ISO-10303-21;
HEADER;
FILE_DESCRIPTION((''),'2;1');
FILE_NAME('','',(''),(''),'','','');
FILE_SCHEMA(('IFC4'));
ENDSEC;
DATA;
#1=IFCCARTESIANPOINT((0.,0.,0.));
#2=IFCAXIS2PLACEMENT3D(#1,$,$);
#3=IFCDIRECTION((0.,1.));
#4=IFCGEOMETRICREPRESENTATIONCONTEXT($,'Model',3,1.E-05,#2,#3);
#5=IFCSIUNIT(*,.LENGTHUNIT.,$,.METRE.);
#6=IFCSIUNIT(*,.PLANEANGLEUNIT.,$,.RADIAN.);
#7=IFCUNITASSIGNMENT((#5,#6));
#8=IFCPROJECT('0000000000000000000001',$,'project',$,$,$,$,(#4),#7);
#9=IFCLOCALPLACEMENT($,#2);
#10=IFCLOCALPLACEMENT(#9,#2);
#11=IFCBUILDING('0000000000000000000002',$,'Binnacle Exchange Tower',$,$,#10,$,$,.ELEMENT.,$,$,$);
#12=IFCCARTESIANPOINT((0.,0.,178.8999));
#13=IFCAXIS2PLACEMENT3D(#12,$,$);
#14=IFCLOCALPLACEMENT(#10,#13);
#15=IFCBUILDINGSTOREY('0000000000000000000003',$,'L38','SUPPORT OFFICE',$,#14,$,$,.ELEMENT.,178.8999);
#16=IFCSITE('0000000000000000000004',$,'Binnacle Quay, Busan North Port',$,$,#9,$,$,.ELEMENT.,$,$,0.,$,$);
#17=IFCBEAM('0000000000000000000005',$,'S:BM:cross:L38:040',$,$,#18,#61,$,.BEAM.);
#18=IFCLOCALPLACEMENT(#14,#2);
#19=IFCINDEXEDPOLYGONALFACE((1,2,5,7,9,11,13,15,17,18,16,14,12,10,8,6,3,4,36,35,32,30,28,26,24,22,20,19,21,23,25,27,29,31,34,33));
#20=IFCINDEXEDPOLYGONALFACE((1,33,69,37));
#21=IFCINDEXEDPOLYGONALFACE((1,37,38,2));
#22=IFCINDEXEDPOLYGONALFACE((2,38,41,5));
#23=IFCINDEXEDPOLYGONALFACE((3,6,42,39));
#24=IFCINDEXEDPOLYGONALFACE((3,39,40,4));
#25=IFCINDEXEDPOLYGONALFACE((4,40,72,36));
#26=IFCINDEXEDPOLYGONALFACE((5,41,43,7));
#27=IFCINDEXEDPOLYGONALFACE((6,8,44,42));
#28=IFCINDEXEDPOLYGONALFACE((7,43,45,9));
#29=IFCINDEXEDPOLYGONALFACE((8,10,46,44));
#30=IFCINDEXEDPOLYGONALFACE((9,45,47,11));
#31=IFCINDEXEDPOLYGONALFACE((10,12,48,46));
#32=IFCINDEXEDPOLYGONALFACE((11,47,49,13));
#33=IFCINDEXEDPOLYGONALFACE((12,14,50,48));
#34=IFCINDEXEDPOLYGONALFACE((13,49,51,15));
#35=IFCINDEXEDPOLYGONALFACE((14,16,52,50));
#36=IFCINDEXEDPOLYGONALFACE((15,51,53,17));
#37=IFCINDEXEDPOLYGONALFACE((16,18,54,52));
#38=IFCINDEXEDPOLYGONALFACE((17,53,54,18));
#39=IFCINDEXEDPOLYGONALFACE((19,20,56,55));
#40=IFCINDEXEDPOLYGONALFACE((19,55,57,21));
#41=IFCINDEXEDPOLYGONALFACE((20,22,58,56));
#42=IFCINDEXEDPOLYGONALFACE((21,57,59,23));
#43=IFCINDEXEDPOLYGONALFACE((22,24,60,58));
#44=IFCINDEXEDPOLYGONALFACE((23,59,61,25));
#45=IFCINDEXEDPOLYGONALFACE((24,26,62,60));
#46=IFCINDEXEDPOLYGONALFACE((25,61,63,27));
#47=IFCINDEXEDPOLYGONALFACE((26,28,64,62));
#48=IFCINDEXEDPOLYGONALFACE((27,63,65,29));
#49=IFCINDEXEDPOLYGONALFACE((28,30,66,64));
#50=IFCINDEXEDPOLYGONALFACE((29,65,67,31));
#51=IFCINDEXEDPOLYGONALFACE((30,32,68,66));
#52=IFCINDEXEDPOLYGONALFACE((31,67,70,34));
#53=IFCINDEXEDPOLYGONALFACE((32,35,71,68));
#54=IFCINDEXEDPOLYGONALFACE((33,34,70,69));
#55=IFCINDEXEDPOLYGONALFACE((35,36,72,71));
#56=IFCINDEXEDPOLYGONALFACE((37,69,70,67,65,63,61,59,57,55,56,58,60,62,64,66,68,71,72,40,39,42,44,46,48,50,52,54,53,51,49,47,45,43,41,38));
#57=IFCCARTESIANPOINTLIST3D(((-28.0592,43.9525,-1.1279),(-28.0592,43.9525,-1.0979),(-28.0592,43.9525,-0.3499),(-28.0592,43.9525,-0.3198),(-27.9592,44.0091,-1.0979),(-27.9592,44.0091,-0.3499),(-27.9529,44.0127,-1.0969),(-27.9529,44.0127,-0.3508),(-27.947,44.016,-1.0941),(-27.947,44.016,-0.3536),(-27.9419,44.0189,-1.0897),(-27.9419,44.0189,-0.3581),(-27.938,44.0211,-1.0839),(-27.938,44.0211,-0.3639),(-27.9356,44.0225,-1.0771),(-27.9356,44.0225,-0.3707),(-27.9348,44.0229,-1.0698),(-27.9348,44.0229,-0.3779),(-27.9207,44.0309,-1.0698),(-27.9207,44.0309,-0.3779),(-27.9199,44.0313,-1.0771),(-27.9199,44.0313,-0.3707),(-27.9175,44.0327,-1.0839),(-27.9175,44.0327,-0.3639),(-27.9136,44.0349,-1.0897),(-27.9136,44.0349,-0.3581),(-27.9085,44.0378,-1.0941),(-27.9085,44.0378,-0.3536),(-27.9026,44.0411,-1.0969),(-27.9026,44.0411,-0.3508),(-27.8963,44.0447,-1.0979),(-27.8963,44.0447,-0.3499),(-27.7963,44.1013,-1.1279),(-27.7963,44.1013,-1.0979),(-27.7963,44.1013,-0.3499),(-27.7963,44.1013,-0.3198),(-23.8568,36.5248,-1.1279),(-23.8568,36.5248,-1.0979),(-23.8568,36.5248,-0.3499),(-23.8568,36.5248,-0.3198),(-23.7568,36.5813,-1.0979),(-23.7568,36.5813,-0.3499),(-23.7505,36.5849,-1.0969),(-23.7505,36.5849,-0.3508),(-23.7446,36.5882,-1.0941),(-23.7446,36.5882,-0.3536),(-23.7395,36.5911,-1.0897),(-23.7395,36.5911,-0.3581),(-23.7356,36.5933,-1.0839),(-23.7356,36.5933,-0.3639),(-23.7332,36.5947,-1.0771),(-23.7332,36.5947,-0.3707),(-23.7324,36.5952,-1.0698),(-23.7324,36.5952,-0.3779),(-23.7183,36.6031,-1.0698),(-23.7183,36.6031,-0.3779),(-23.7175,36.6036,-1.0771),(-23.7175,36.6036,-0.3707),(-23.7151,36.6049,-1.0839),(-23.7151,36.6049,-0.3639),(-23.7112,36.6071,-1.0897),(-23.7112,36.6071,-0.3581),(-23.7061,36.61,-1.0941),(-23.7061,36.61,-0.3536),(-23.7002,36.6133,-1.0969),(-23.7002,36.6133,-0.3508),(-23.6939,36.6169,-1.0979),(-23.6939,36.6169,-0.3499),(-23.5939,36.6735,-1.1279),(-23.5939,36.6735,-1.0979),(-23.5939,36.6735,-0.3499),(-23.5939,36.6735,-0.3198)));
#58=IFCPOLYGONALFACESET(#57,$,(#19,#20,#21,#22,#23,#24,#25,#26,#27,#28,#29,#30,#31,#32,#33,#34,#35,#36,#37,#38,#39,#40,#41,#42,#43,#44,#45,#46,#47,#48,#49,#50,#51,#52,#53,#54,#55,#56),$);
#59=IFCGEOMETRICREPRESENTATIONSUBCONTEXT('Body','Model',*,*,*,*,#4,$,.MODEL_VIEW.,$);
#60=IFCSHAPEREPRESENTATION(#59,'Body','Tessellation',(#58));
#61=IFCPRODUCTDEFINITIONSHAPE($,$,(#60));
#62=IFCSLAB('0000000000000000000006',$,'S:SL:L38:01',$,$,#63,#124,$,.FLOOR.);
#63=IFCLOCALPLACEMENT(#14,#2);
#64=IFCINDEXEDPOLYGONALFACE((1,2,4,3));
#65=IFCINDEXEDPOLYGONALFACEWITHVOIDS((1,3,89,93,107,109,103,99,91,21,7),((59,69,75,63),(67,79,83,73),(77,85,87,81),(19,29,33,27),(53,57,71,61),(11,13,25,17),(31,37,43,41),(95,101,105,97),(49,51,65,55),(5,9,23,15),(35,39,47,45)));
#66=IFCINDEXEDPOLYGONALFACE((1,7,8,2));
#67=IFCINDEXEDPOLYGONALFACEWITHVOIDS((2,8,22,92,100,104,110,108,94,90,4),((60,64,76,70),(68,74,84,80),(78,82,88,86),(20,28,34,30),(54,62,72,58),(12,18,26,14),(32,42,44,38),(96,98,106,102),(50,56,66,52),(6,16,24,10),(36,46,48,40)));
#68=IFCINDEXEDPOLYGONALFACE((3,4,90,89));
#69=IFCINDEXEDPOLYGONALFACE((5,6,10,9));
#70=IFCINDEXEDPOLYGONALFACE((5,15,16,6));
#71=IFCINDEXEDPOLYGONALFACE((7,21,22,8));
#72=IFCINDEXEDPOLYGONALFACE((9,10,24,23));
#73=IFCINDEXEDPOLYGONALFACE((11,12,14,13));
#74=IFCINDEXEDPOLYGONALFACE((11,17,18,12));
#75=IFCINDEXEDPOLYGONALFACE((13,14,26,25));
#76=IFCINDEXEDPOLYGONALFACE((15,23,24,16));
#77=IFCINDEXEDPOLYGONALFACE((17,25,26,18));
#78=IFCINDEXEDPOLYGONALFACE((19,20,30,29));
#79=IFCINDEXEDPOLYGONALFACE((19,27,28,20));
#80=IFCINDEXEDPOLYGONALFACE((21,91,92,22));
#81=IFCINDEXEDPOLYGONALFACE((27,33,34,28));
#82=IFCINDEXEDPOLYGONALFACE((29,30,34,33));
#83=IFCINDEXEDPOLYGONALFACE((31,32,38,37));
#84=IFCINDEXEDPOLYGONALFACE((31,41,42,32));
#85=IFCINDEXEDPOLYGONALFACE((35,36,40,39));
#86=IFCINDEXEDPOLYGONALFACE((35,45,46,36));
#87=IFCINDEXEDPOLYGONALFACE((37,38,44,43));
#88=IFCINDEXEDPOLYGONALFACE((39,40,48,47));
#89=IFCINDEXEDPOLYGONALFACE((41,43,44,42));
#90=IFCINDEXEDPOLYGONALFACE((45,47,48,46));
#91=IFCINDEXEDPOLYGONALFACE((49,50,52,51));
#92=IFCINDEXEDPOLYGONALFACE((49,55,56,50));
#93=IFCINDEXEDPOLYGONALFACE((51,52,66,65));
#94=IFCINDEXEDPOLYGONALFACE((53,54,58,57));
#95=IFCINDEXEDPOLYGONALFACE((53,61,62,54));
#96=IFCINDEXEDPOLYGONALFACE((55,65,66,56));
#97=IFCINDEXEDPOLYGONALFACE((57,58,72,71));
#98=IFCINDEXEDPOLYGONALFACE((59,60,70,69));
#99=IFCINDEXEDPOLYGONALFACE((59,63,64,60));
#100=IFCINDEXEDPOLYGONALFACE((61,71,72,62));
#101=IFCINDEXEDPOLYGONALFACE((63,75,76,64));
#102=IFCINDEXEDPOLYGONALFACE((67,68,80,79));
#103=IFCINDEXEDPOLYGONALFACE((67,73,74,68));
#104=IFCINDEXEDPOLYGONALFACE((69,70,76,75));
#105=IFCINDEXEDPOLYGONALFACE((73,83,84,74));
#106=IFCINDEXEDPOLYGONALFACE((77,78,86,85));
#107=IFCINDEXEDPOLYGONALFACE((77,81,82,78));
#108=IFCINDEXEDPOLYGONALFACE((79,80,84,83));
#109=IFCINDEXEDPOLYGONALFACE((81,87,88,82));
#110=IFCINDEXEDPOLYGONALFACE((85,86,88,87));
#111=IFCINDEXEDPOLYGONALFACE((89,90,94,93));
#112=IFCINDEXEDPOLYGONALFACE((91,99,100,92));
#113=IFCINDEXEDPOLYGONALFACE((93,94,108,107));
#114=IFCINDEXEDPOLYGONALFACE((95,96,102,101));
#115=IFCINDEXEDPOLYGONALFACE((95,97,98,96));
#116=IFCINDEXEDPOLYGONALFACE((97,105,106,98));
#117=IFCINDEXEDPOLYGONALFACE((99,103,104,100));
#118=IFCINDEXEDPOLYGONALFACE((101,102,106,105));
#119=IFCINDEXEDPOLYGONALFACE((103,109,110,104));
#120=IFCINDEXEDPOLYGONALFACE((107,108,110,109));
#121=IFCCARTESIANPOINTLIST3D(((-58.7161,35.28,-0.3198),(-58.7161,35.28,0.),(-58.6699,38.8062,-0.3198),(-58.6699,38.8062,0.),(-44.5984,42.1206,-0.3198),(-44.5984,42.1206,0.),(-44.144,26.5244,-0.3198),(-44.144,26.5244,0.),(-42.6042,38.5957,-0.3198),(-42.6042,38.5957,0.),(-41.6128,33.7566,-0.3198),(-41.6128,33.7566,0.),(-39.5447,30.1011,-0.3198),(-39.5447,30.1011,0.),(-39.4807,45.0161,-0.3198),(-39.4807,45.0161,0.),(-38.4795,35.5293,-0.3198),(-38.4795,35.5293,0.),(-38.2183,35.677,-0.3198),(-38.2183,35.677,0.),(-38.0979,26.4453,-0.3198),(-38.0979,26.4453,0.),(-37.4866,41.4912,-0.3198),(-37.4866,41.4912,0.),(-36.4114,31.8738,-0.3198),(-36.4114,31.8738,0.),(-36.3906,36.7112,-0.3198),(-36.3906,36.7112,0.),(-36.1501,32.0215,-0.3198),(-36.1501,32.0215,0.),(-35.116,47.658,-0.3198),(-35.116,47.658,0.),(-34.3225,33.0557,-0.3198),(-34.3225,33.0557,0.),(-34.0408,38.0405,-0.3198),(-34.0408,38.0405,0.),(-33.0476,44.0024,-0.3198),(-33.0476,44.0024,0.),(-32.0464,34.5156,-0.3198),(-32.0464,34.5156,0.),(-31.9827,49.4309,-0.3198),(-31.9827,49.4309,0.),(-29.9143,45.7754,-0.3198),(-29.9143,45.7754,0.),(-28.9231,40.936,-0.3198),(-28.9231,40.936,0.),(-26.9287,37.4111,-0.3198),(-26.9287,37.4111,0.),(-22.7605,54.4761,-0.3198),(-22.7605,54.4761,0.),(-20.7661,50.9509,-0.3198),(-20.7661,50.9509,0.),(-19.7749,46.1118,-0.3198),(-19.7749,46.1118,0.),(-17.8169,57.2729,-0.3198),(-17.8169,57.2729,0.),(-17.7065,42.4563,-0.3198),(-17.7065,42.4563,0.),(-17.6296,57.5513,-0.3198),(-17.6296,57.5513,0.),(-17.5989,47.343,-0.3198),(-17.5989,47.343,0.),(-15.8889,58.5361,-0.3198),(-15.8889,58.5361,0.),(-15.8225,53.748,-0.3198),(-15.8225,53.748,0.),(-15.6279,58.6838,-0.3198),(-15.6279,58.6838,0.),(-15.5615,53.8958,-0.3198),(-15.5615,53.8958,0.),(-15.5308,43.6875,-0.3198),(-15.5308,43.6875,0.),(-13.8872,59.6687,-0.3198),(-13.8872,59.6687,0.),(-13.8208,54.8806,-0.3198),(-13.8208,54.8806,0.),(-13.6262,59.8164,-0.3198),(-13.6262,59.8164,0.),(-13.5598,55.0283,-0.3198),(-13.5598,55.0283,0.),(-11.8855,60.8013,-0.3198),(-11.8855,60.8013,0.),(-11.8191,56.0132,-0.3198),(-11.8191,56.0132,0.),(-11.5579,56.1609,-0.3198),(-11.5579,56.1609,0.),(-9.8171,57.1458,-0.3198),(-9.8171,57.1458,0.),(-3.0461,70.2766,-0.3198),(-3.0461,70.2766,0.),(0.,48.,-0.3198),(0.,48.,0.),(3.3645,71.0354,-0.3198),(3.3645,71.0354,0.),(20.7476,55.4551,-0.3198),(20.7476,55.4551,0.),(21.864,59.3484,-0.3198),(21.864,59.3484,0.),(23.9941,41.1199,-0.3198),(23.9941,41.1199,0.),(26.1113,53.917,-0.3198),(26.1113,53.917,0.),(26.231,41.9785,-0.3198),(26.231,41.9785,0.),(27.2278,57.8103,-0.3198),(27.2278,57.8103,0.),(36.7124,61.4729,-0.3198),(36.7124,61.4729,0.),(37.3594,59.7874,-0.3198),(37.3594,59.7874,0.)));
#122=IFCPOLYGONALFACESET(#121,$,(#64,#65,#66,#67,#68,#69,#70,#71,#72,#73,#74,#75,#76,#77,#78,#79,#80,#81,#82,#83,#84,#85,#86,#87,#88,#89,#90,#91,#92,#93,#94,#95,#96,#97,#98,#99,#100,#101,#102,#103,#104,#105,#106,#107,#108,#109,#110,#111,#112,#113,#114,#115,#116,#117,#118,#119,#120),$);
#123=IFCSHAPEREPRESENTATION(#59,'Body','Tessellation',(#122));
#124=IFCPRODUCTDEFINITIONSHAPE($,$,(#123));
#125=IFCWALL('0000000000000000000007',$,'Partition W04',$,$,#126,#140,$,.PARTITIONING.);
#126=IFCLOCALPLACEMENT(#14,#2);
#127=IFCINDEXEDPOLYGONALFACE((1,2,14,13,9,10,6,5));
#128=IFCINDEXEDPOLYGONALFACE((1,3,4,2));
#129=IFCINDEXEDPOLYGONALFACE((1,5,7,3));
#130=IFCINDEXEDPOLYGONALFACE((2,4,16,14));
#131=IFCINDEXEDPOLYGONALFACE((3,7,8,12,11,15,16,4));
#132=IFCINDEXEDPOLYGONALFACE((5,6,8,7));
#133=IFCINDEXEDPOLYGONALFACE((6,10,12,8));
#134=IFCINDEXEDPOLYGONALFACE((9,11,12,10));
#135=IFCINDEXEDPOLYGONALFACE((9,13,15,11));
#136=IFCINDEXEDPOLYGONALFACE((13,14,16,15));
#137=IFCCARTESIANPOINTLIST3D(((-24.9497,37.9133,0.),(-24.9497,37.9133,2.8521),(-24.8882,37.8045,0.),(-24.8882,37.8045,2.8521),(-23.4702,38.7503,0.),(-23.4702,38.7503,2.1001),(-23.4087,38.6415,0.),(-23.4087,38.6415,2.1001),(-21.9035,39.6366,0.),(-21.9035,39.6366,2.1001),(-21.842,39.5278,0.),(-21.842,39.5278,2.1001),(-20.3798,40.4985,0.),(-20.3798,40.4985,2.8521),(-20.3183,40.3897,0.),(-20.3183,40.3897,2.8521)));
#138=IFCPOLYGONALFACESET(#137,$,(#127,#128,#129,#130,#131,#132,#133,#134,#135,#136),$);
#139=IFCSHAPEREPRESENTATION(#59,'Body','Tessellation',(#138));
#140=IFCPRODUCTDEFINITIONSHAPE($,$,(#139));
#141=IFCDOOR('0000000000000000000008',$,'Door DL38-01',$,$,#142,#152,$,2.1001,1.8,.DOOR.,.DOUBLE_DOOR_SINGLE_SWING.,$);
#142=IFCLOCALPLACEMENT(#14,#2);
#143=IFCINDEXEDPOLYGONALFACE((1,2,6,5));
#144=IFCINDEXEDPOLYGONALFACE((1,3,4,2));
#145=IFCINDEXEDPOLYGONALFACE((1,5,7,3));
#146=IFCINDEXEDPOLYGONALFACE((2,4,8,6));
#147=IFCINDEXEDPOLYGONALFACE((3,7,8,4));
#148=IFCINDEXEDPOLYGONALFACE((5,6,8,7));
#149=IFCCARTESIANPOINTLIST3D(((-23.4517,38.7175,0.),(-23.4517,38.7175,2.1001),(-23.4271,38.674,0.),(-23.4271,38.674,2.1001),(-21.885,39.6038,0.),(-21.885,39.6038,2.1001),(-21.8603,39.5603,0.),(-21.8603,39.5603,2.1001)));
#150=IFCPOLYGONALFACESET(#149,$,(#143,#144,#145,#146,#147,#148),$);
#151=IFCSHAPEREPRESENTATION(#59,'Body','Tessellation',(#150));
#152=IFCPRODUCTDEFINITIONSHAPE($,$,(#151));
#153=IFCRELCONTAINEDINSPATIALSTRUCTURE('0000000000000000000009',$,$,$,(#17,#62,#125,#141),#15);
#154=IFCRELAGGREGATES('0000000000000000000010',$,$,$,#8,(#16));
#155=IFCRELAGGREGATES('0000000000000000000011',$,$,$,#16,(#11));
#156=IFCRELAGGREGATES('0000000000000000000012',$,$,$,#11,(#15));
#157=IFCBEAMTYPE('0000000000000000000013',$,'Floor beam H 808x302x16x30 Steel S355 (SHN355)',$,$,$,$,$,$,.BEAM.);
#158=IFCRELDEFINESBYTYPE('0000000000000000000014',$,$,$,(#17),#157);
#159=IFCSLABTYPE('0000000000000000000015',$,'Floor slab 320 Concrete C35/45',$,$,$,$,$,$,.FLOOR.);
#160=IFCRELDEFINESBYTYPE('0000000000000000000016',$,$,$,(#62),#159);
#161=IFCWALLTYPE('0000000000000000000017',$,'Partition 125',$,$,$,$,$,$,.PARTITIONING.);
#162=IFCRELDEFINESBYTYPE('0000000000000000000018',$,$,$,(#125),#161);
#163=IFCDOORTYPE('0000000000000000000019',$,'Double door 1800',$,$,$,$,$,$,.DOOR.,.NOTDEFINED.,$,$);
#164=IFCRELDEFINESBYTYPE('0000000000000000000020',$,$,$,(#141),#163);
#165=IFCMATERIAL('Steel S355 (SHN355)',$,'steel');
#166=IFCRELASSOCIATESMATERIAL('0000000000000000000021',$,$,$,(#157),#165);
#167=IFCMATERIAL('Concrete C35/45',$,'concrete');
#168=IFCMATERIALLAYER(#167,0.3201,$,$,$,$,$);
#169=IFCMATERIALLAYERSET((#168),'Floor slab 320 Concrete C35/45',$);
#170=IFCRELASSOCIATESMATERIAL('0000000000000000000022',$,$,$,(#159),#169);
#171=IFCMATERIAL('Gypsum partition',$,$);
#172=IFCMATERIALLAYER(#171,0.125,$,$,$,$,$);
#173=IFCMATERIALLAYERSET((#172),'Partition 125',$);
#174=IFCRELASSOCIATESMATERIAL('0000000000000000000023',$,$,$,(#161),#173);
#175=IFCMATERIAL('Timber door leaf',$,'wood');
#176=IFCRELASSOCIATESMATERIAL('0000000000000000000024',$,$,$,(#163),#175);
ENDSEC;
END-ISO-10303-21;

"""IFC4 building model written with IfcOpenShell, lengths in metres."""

from ifc_helpers import new_model, si_unit, direction, frame, frame_2d, origin, origin_2d, place, context, subcontext, project, spatial, polyline, rectangle, i_section, outline, extrude, material, layer, layer_set, material_profile, profile_set, type_object, element, fill, save


model = new_model("IFC4")

# Units and contexts
model_context = context("Model", 3, precision=1e-05, world=origin(), true_north=direction((0.0, 1.0)))
body_context = subcontext(model_context, "Body", "Model", "MODEL_VIEW")
ifc_project = project(units=[si_unit("LENGTHUNIT", "METRE"), si_unit("PLANEANGLEUNIT", "RADIAN")], contexts=[model_context])

# Site, building, storey
site_placement = place(None, origin())
site = spatial("IfcSite", under=ifc_project, at=site_placement, Name="Binnacle Quay, Busan North Port", CompositionType="ELEMENT", RefElevation=0.0)
building_placement = place(site_placement, origin())
building = spatial("IfcBuilding", under=site, at=building_placement, Name="Binnacle Exchange Tower", CompositionType="ELEMENT")
storey_placement = place(building_placement, frame((0.0, 0.0, 178.8999)))
storey = spatial("IfcBuildingStorey", under=building, at=storey_placement, Name="L38", Description="SUPPORT OFFICE", CompositionType="ELEMENT", Elevation=178.8999)

# Beam
ifc_material_1 = material(Name="Steel S355 (SHN355)", Category="steel")
ifc_material_profile_1 = material_profile(ifc_material_1, i_section(OverallWidth=0.302, OverallDepth=0.8081, WebThickness=0.0161, FlangeThickness=0.03, FilletRadius=0.0281, at=origin_2d()), Name="H 808x302x16x30")
ifc_profile_set_1 = profile_set([ifc_material_profile_1], Name="Steel S355 (SHN355)")
beam_type_1 = type_object("IfcBeamType", Name="Floor beam H 808x302x16x30 Steel S355 (SHN355)", PredefinedType="BEAM", material=ifc_profile_set_1)
beam_1_placement = place(storey_placement, frame((-23.7253, 36.5991, -0.7239), z_axis=(-0.492422, 0.870357, 0.0), x_axis=(-0.870357, -0.492422, 0.0)))
element("IfcBeam", 1, at=beam_1_placement, inside=storey, type_object=beam_type_1, Name="S:BM:cross:L38:040", PredefinedType="BEAM", context=body_context, shape_type="SweptSolid", body=[
    extrude(i_section(OverallWidth=0.302, OverallDepth=0.8081, WebThickness=0.0161, FlangeThickness=0.03, FilletRadius=0.0281, at=origin_2d()), origin(), (0.0, 0.0, 1.0), 8.5342),
])

# Slab
ifc_material_2 = material(Name="Concrete C35/45", Category="concrete")
ifc_layer_1 = layer(ifc_material_2, 0.3201)
ifc_layer_set_1 = layer_set([ifc_layer_1], Name="Floor slab 320 Concrete C35/45")
slab_type = type_object("IfcSlabType", Name="Floor slab 320 Concrete C35/45", PredefinedType="FLOOR", material=ifc_layer_set_1)
slab_placement = place(storey_placement, frame((0.0, 0.0, -0.3198)))
element("IfcSlab", 2, at=slab_placement, inside=storey, type_object=slab_type, Name="S:SL:L38:01", PredefinedType="FLOOR", context=body_context, shape_type="SweptSolid", body=[
    extrude(outline(polyline([(-58.7161, 35.28), (-58.6699, 38.8062), (-3.0461, 70.2766), (3.3645, 71.0354), (36.7124, 61.4729), (37.3594, 59.7874), (26.231, 41.9785), (23.9941, 41.1199), (0.0, 48.0), (-38.0979, 26.4453), (-44.144, 26.5244), (-58.7161, 35.28)]), holes=[polyline([(-38.4795, 35.5293), (-41.6128, 33.7566), (-39.5447, 30.1011), (-36.4114, 31.8738), (-38.4795, 35.5293)]), polyline([(-36.3906, 36.7112), (-38.2183, 35.677), (-36.1501, 32.0215), (-34.3225, 33.0557), (-36.3906, 36.7112)]), polyline([(-32.0464, 34.5156), (-26.9287, 37.4111), (-28.9231, 40.936), (-34.0408, 38.0405), (-32.0464, 34.5156)]), polyline([(-37.4866, 41.4912), (-39.4807, 45.0161), (-44.5984, 42.1206), (-42.6042, 38.5957), (-37.4866, 41.4912)]), polyline([(-29.9143, 45.7754), (-31.9827, 49.4309), (-35.116, 47.658), (-33.0476, 44.0024), (-29.9143, 45.7754)]), polyline([(-17.8169, 57.2729), (-22.7605, 54.4761), (-20.7661, 50.9509), (-15.8225, 53.748), (-17.8169, 57.2729)]), polyline([(-15.5308, 43.6875), (-17.5989, 47.343), (-19.7749, 46.1118), (-17.7065, 42.4563), (-15.5308, 43.6875)]), polyline([(-13.8208, 54.8806), (-15.8889, 58.5361), (-17.6296, 57.5513), (-15.5615, 53.8958), (-13.8208, 54.8806)]), polyline([(27.2278, 57.8103), (21.864, 59.3484), (20.7476, 55.4551), (26.1113, 53.917), (27.2278, 57.8103)]), polyline([(-11.8191, 56.0132), (-13.8872, 59.6687), (-15.6279, 58.6838), (-13.5598, 55.0283), (-11.8191, 56.0132)]), polyline([(-9.8171, 57.1458), (-11.8855, 60.8013), (-13.6262, 59.8164), (-11.5579, 56.1609), (-9.8171, 57.1458)])]), origin(), (0.0, 0.0, 1.0), 0.3198),
])

# Wall, opening, door
ifc_material_3 = material(Name="Gypsum partition")
ifc_layer_2 = layer(ifc_material_3, 0.125)
ifc_layer_set_2 = layer_set([ifc_layer_2], Name="Partition 125")
wall_type = type_object("IfcWallType", Name="Partition 125", PredefinedType="PARTITIONING", material=ifc_layer_set_2)
wall_1_placement = place(storey_placement, frame((-24.9189, 37.8589, 0.0), z_axis=(0.0, 0.0, 1.0), x_axis=(0.870378, 0.492384, 0.0)))
wall_1 = element("IfcWall", 3, at=wall_1_placement, inside=storey, type_object=wall_type, Name="Partition W04", PredefinedType="PARTITIONING", context=body_context, shape_type="SweptSolid", body=[
    extrude(rectangle(XDim=5.2505, YDim=0.125, at=frame_2d((2.6252, 0.0))), origin(), (0.0, 0.0, 1.0), 2.8521),
])
opening_1_placement = place(wall_1_placement, frame((1.7, 0.0, 0.0)))
opening_1 = element("IfcOpeningElement", 4, at=opening_1_placement, cuts=wall_1, PredefinedType="OPENING", context=body_context, shape_type="SweptSolid", body=[
    extrude(rectangle(XDim=1.8, YDim=2.1001, at=frame_2d((0.8999, 1.05))), frame((0.0, 0.0725, 0.0), z_axis=(0.0, -1.0, 0.0), x_axis=(1.0, 0.0, 0.0)), (0.0, 0.0, 1.0), 0.145),
])
ifc_material_4 = material(Name="Timber door leaf", Category="wood")
door_type_1 = type_object("IfcDoorType", Name="Double door 1800", OperationType="NOTDEFINED", PredefinedType="DOOR", material=ifc_material_4)
door_1_placement = place(opening_1_placement, origin())
door_1 = element("IfcDoor", 5, at=door_1_placement, inside=storey, type_object=door_type_1, Name="Door DL38-01", OperationType="DOUBLE_DOOR_SINGLE_SWING", OverallHeight=2.1001, OverallWidth=1.8, PredefinedType="DOOR", context=body_context, shape_type="SweptSolid", body=[
    extrude(rectangle(XDim=1.8, YDim=2.1001, at=frame_2d((0.8999, 1.05))), frame((0.0, 0.0249, 0.0), z_axis=(0.0, -1.0, 0.0), x_axis=(1.0, 0.0, 0.0)), (0.0, 0.0, 1.0), 0.05),
])
fill(opening_1, door_1)

save(model, "model.ifc")
